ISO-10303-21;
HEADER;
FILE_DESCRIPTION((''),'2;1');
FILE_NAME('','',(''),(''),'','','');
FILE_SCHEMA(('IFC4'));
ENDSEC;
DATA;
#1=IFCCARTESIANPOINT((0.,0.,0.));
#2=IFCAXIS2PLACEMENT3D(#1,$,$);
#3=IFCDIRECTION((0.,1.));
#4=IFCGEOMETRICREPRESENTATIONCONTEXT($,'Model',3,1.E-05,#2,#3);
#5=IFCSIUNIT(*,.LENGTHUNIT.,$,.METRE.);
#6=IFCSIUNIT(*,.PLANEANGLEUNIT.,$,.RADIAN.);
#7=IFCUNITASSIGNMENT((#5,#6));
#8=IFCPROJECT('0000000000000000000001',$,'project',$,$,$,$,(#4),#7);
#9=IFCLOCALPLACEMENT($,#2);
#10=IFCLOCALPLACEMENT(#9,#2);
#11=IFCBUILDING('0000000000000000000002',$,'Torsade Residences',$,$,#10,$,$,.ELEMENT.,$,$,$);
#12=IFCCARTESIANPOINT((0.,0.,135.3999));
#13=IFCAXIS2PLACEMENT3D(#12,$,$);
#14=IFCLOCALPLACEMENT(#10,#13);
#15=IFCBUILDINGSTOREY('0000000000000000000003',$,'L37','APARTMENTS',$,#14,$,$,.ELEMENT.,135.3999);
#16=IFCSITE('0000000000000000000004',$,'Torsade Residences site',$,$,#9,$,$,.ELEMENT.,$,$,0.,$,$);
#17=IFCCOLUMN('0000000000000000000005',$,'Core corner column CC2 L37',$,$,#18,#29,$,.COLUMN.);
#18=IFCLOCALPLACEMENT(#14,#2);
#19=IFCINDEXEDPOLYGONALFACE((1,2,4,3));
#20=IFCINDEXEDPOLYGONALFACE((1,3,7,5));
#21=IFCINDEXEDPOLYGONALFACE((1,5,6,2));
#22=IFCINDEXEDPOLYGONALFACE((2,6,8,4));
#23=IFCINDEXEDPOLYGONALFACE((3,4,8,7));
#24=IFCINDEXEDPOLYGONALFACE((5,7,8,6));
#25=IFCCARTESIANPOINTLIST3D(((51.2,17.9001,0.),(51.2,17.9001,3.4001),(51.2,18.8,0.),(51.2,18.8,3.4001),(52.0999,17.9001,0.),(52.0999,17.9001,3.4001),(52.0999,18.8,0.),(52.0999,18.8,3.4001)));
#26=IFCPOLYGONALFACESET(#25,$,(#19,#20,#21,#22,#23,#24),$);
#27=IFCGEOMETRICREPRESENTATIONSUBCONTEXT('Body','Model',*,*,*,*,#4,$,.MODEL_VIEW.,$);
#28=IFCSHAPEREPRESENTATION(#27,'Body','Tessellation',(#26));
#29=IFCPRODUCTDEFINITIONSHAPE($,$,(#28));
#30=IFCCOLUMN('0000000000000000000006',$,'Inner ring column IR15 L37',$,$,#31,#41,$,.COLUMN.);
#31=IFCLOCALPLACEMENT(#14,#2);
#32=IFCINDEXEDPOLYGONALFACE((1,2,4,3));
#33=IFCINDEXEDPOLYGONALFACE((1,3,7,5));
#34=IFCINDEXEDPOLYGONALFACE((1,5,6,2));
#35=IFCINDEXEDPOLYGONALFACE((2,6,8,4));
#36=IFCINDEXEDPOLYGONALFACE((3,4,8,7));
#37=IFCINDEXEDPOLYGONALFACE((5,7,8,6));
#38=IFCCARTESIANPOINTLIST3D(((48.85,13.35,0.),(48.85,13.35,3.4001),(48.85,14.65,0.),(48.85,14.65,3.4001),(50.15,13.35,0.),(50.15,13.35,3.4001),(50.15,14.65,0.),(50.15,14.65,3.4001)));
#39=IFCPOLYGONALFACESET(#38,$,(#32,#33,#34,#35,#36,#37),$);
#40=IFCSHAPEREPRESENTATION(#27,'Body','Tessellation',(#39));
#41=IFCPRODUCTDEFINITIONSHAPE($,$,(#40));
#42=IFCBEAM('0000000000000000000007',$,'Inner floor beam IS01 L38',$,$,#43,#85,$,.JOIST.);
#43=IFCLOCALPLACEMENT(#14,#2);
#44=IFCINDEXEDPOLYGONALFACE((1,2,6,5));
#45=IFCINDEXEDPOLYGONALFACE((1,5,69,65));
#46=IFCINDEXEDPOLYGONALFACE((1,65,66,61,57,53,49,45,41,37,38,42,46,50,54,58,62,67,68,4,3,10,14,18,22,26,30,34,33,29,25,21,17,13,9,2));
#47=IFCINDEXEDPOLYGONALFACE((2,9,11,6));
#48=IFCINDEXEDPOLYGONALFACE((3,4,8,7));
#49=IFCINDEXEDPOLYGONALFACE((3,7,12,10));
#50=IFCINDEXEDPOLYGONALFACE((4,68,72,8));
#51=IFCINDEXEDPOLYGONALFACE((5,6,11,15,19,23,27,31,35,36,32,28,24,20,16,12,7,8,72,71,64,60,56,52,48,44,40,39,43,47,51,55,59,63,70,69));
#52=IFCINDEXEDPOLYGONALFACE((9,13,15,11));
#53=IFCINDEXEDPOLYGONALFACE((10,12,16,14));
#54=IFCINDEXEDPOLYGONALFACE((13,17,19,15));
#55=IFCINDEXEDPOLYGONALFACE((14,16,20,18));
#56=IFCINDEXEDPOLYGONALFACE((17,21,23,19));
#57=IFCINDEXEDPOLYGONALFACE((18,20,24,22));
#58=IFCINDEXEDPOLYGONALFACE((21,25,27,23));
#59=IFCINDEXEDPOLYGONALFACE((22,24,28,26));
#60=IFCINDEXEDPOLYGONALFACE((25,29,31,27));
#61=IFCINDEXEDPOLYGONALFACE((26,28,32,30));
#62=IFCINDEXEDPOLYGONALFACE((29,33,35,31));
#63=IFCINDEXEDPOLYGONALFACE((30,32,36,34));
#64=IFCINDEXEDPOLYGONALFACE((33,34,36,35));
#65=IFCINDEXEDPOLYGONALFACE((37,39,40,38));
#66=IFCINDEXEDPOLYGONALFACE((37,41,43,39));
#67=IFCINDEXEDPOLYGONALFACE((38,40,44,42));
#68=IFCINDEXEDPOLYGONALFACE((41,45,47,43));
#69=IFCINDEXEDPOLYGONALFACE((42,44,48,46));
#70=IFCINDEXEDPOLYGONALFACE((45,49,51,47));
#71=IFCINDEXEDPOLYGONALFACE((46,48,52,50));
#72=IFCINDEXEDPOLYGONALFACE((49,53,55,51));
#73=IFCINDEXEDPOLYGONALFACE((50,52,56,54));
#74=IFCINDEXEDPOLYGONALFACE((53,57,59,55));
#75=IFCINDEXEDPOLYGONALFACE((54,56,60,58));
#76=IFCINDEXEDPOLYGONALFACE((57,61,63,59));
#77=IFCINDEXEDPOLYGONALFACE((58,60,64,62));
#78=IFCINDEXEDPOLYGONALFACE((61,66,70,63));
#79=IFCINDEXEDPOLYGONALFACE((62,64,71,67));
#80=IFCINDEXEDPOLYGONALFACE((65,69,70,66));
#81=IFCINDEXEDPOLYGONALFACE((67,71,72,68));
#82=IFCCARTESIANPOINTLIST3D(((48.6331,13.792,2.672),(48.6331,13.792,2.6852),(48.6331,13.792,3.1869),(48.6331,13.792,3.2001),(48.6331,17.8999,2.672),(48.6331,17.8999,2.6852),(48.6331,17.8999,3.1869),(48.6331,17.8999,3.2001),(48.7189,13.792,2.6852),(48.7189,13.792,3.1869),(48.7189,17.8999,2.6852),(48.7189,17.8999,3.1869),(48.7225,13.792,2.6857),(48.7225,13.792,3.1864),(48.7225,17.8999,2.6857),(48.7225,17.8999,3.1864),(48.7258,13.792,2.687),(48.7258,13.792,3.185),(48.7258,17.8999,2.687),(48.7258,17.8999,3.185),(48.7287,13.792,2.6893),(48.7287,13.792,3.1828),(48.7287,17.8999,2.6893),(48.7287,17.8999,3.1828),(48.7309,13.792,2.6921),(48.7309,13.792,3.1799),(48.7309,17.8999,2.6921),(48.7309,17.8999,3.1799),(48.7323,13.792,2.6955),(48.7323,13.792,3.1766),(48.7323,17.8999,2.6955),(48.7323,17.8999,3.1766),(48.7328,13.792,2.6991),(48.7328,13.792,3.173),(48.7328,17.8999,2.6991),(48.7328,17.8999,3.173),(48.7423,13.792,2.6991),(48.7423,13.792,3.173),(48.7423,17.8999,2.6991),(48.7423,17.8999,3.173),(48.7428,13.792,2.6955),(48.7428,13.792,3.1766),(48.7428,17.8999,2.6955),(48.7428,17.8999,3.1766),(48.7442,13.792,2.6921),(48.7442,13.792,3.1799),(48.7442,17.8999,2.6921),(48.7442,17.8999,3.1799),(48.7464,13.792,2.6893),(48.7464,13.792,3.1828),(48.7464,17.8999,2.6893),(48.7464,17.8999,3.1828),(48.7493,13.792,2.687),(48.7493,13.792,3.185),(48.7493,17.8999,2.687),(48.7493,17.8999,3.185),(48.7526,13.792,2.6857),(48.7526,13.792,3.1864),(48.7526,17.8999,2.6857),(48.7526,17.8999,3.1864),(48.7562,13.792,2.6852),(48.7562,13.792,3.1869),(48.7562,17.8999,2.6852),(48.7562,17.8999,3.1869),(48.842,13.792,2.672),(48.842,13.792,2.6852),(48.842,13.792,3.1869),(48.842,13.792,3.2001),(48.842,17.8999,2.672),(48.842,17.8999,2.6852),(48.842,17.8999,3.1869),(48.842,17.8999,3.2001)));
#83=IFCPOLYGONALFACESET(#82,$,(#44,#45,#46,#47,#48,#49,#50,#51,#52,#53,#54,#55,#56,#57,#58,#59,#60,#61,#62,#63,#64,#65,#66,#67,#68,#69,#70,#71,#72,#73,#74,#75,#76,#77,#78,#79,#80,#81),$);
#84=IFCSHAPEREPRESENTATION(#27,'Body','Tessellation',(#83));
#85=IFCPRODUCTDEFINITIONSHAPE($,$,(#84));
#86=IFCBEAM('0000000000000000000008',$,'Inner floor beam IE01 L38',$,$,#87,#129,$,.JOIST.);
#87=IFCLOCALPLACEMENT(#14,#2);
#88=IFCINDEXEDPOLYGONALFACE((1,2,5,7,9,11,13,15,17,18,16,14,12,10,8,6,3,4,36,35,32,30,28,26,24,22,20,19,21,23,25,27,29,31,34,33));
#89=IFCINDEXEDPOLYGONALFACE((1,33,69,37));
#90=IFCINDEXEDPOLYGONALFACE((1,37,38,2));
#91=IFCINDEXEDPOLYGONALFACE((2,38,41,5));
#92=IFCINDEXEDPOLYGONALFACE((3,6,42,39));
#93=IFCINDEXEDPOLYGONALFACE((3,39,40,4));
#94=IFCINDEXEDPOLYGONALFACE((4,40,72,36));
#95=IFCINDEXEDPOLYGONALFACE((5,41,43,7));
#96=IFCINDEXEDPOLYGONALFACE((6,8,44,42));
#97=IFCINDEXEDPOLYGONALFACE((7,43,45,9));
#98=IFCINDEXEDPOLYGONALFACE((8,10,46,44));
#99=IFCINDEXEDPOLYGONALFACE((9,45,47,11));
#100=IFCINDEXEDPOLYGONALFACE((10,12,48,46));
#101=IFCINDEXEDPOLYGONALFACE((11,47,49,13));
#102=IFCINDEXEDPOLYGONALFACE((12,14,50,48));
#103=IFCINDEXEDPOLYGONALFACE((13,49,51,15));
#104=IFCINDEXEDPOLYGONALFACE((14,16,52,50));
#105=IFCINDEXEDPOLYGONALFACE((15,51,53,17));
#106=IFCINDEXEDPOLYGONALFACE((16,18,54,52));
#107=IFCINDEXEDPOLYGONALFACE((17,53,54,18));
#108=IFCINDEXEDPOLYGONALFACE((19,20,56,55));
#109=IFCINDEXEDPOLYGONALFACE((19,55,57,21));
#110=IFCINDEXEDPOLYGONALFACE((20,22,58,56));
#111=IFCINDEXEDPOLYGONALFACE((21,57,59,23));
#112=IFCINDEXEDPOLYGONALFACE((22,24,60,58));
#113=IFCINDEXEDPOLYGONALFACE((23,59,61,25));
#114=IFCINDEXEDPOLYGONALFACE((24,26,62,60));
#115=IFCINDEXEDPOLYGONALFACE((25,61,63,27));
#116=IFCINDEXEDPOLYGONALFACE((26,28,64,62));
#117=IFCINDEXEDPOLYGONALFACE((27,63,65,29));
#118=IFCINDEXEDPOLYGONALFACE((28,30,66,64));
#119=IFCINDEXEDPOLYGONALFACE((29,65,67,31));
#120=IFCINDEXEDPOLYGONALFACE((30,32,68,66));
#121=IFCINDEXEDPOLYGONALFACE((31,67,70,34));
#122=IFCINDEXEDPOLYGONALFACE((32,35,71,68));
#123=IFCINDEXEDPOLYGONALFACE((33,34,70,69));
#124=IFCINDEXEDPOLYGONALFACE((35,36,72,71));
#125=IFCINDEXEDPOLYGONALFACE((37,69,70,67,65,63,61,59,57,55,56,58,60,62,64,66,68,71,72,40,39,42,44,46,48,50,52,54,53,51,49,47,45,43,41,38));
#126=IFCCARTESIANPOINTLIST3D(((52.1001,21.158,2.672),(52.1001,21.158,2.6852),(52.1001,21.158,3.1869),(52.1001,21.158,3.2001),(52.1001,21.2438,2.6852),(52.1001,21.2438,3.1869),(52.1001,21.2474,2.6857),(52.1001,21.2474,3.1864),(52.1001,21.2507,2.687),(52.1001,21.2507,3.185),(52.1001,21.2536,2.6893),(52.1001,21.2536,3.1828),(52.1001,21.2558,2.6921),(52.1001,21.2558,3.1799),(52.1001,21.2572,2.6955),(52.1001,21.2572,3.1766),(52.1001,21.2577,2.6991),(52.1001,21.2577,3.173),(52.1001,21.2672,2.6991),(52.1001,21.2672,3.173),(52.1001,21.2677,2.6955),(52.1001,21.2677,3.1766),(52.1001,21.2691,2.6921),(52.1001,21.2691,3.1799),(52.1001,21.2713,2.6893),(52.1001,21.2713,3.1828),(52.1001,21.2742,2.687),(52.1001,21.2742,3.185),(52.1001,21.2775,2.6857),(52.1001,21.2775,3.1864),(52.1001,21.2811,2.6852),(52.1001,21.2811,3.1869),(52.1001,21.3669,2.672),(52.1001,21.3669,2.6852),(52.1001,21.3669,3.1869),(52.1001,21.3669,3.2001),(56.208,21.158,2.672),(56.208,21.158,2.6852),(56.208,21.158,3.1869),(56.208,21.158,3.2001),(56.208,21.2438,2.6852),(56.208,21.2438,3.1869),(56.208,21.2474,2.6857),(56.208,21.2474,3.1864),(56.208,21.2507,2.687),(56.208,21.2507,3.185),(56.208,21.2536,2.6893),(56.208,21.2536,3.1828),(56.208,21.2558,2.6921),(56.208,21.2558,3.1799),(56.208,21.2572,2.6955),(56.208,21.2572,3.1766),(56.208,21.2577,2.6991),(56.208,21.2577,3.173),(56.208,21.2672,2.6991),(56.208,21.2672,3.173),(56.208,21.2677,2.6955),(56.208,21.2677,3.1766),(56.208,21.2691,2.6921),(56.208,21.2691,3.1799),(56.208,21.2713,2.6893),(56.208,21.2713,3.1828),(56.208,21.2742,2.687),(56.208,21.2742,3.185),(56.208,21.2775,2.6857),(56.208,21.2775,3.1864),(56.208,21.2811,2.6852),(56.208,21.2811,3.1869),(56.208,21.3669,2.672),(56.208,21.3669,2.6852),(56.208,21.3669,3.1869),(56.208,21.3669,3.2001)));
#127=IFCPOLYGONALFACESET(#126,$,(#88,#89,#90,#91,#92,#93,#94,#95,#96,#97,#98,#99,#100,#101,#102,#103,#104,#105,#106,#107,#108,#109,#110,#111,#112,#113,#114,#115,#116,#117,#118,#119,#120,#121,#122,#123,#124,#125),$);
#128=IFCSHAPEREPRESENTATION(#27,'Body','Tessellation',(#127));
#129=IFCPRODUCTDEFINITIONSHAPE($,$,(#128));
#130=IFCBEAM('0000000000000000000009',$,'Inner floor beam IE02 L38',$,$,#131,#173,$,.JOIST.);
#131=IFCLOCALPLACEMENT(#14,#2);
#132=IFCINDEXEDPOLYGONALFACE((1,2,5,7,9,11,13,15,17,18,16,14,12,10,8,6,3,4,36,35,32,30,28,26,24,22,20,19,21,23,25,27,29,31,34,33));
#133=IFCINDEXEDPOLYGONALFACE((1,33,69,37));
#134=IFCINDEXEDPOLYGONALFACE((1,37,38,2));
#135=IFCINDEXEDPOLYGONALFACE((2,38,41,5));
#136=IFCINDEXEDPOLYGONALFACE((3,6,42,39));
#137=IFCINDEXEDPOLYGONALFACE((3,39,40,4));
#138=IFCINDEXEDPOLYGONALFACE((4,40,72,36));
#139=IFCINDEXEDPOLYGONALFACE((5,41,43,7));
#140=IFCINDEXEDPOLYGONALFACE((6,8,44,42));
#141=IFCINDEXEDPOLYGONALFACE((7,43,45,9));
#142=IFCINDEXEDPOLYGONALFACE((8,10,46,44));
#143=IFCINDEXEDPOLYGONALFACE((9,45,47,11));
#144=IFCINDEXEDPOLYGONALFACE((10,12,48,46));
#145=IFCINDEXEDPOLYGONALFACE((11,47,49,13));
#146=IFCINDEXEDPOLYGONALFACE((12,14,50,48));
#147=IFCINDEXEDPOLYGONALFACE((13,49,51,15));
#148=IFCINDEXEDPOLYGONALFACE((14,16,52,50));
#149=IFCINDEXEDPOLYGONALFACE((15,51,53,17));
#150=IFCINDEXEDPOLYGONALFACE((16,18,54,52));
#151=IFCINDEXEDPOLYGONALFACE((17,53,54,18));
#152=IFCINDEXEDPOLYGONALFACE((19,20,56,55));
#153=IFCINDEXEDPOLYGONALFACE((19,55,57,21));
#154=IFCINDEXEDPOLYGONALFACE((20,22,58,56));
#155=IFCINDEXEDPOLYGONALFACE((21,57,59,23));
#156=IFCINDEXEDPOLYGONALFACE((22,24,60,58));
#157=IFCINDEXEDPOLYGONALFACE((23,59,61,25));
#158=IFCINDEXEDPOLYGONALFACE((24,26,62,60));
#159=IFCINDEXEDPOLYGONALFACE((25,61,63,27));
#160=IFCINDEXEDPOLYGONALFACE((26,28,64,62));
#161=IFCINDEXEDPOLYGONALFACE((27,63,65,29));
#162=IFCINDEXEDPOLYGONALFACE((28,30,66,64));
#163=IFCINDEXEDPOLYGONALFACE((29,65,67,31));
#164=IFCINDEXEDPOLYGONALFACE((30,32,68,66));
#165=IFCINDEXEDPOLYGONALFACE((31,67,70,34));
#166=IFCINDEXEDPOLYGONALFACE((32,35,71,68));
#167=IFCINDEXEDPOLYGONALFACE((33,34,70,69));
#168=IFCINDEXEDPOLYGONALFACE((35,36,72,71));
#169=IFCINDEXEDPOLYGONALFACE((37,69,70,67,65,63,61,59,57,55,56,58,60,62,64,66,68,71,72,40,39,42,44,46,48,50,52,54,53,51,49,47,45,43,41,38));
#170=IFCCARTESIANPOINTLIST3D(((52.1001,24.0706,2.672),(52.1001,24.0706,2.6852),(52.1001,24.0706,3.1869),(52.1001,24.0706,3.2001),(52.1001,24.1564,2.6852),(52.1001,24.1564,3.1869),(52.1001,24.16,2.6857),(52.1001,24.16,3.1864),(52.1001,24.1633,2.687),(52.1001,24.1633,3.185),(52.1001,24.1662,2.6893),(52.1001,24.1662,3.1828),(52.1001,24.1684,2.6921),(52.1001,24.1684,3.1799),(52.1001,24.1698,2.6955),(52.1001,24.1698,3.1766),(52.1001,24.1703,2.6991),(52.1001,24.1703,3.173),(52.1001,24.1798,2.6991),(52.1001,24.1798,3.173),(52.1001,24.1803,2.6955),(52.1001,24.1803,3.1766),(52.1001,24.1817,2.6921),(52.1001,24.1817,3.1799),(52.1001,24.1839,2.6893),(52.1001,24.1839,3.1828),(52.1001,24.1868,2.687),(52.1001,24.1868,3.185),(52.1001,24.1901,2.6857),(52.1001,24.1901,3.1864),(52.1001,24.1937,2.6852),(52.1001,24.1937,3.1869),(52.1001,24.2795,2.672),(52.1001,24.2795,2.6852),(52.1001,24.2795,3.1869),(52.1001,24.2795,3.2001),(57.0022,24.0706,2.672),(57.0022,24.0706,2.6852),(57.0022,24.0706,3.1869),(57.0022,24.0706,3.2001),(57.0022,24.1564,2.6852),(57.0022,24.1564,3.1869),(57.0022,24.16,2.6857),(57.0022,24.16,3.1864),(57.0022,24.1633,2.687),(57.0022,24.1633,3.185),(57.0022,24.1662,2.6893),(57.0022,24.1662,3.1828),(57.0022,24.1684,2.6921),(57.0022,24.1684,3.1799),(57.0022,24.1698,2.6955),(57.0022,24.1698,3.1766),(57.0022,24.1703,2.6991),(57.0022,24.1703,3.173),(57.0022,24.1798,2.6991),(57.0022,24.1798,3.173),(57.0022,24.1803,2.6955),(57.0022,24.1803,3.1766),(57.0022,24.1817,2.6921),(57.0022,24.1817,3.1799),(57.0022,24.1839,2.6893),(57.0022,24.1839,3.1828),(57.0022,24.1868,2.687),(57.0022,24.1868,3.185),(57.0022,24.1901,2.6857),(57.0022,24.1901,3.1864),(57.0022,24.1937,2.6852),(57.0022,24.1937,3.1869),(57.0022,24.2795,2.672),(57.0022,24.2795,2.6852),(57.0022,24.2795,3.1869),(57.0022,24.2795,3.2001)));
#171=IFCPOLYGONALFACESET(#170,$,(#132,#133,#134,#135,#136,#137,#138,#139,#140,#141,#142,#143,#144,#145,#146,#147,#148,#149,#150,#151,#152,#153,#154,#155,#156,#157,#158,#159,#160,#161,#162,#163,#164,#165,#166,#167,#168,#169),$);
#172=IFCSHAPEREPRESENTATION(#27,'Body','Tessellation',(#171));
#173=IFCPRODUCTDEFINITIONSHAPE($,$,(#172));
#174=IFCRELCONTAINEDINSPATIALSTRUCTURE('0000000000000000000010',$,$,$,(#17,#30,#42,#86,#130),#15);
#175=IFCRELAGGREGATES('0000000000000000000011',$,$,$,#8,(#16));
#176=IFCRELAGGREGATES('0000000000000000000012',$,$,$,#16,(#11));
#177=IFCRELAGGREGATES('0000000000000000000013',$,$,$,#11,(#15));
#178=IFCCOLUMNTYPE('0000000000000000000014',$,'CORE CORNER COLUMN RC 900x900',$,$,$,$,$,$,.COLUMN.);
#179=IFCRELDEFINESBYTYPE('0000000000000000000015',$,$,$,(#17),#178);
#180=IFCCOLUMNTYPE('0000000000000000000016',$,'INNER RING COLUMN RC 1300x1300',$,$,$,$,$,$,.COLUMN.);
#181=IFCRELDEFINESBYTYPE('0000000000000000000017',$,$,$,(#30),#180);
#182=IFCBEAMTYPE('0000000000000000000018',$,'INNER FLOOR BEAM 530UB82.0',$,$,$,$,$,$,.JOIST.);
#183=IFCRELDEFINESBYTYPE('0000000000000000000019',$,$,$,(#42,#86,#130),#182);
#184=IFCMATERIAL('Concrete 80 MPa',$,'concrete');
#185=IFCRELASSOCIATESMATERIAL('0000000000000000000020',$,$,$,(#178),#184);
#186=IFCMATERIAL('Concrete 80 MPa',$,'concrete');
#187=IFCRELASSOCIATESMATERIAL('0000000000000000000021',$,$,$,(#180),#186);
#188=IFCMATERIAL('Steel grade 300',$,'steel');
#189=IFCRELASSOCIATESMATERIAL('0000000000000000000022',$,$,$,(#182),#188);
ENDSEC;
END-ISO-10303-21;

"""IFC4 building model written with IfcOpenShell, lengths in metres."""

from ifc_helpers import new_model, si_unit, direction, frame, origin, origin_2d, place, context, subcontext, project, spatial, rectangle, i_section, extrude, material, material_profile, profile_set, type_object, element, save


model = new_model("IFC4")

# Units and contexts
model_context = context("Model", 3, precision=1e-05, world=origin(), true_north=direction((0.0, 1.0)))
body_context = subcontext(model_context, "Body", "Model", "MODEL_VIEW")
ifc_project = project(units=[si_unit("LENGTHUNIT", "METRE"), si_unit("PLANEANGLEUNIT", "RADIAN")], contexts=[model_context])

# Site, building, storey
site_placement = place(None, origin())
site = spatial("IfcSite", under=ifc_project, at=site_placement, Name="Torsade Residences site", CompositionType="ELEMENT", RefElevation=0.0)
building_placement = place(site_placement, origin())
building = spatial("IfcBuilding", under=site, at=building_placement, Name="Torsade Residences", CompositionType="ELEMENT")
storey_placement = place(building_placement, frame((0.0, 0.0, 135.3999)))
storey = spatial("IfcBuildingStorey", under=building, at=storey_placement, Name="L37", Description="APARTMENTS", CompositionType="ELEMENT", Elevation=135.3999)

# Columns
ifc_material_1 = material(Name="Concrete 80 MPa", Category="concrete")
ifc_material_profile_1 = material_profile(ifc_material_1, rectangle(XDim=0.8999, YDim=0.8999, at=origin_2d()), Name="RC 900x900")
ifc_profile_set_1 = profile_set([ifc_material_profile_1], Name="Concrete 80 MPa")
column_type_1 = type_object("IfcColumnType", Name="CORE CORNER COLUMN RC 900x900", PredefinedType="COLUMN", material=ifc_profile_set_1)
column_1_placement = place(storey_placement, frame((51.6499, 18.3501, 0.0), z_axis=(0.0, 0.0, 1.0), x_axis=(1.0, 0.0, 0.0)))
element("IfcColumn", 1, at=column_1_placement, inside=storey, type_object=column_type_1, Name="Core corner column CC2 L37", PredefinedType="COLUMN", context=body_context, shape_type="SweptSolid", body=[
    extrude(rectangle(XDim=0.8999, YDim=0.8999, at=origin_2d()), origin(), (0.0, 0.0, 1.0), 3.4001),
])
ifc_material_2 = material(Name="Concrete 80 MPa", Category="concrete")
ifc_material_profile_2 = material_profile(ifc_material_2, rectangle(XDim=1.3, YDim=1.3, at=origin_2d()), Name="RC 1300x1300")
ifc_profile_set_2 = profile_set([ifc_material_profile_2], Name="Concrete 80 MPa")
column_type_2 = type_object("IfcColumnType", Name="INNER RING COLUMN RC 1300x1300", PredefinedType="COLUMN", material=ifc_profile_set_2)
column_2_placement = place(storey_placement, frame((49.5, 14.0, 0.0), z_axis=(0.0, 0.0, 1.0), x_axis=(1.0, 0.0, 0.0)))
element("IfcColumn", 2, at=column_2_placement, inside=storey, type_object=column_type_2, Name="Inner ring column IR15 L37", PredefinedType="COLUMN", context=body_context, shape_type="SweptSolid", body=[
    extrude(rectangle(XDim=1.3, YDim=1.3, at=origin_2d()), origin(), (0.0, 0.0, 1.0), 3.4001),
])

# Beams
ifc_material_3 = material(Name="Steel grade 300", Category="steel")
ifc_material_profile_3 = material_profile(ifc_material_3, i_section(OverallWidth=0.209, OverallDepth=0.5281, WebThickness=0.0095, FlangeThickness=0.0132, FilletRadius=0.0139, at=origin_2d()), Name="530UB82.0")
ifc_profile_set_3 = profile_set([ifc_material_profile_3], Name="Steel grade 300")
beam_type_1 = type_object("IfcBeamType", Name="INNER FLOOR BEAM 530UB82.0", PredefinedType="JOIST", material=ifc_profile_set_3)
for number, where, z_axis, x_axis, name in (
    (3, (48.7375, 17.8999, 2.936), (0.0, -1.0, 0.0), (1.0, 0.0, 0.0), "Inner floor beam IS01 L38"),
    (4, (52.1001, 21.2625, 2.936), (1.0, 0.0, 0.0), (0.0, 1.0, 0.0), "Inner floor beam IE01 L38"),
):
    element("IfcBeam", number, at=place(storey_placement, frame(where, z_axis=z_axis, x_axis=x_axis)), inside=storey, type_object=beam_type_1, Name=name, PredefinedType="JOIST", context=body_context, shape_type="SweptSolid", body=[
        extrude(i_section(OverallWidth=0.209, OverallDepth=0.5281, WebThickness=0.0095, FlangeThickness=0.0132, FilletRadius=0.0139, at=origin_2d()), origin(), (0.0, 0.0, 1.0), 4.1079),
    ])
beam_1_placement = place(storey_placement, frame((52.1001, 24.175, 2.936), z_axis=(1.0, 0.0, 0.0), x_axis=(0.0, 1.0, 0.0)))
element("IfcBeam", 5, at=beam_1_placement, inside=storey, type_object=beam_type_1, Name="Inner floor beam IE02 L38", PredefinedType="JOIST", context=body_context, shape_type="SweptSolid", body=[
    extrude(i_section(OverallWidth=0.209, OverallDepth=0.5281, WebThickness=0.0095, FlangeThickness=0.0132, FilletRadius=0.0139, at=origin_2d()), origin(), (0.0, 0.0, 1.0), 4.9021),
])

save(model, "model.ifc")
